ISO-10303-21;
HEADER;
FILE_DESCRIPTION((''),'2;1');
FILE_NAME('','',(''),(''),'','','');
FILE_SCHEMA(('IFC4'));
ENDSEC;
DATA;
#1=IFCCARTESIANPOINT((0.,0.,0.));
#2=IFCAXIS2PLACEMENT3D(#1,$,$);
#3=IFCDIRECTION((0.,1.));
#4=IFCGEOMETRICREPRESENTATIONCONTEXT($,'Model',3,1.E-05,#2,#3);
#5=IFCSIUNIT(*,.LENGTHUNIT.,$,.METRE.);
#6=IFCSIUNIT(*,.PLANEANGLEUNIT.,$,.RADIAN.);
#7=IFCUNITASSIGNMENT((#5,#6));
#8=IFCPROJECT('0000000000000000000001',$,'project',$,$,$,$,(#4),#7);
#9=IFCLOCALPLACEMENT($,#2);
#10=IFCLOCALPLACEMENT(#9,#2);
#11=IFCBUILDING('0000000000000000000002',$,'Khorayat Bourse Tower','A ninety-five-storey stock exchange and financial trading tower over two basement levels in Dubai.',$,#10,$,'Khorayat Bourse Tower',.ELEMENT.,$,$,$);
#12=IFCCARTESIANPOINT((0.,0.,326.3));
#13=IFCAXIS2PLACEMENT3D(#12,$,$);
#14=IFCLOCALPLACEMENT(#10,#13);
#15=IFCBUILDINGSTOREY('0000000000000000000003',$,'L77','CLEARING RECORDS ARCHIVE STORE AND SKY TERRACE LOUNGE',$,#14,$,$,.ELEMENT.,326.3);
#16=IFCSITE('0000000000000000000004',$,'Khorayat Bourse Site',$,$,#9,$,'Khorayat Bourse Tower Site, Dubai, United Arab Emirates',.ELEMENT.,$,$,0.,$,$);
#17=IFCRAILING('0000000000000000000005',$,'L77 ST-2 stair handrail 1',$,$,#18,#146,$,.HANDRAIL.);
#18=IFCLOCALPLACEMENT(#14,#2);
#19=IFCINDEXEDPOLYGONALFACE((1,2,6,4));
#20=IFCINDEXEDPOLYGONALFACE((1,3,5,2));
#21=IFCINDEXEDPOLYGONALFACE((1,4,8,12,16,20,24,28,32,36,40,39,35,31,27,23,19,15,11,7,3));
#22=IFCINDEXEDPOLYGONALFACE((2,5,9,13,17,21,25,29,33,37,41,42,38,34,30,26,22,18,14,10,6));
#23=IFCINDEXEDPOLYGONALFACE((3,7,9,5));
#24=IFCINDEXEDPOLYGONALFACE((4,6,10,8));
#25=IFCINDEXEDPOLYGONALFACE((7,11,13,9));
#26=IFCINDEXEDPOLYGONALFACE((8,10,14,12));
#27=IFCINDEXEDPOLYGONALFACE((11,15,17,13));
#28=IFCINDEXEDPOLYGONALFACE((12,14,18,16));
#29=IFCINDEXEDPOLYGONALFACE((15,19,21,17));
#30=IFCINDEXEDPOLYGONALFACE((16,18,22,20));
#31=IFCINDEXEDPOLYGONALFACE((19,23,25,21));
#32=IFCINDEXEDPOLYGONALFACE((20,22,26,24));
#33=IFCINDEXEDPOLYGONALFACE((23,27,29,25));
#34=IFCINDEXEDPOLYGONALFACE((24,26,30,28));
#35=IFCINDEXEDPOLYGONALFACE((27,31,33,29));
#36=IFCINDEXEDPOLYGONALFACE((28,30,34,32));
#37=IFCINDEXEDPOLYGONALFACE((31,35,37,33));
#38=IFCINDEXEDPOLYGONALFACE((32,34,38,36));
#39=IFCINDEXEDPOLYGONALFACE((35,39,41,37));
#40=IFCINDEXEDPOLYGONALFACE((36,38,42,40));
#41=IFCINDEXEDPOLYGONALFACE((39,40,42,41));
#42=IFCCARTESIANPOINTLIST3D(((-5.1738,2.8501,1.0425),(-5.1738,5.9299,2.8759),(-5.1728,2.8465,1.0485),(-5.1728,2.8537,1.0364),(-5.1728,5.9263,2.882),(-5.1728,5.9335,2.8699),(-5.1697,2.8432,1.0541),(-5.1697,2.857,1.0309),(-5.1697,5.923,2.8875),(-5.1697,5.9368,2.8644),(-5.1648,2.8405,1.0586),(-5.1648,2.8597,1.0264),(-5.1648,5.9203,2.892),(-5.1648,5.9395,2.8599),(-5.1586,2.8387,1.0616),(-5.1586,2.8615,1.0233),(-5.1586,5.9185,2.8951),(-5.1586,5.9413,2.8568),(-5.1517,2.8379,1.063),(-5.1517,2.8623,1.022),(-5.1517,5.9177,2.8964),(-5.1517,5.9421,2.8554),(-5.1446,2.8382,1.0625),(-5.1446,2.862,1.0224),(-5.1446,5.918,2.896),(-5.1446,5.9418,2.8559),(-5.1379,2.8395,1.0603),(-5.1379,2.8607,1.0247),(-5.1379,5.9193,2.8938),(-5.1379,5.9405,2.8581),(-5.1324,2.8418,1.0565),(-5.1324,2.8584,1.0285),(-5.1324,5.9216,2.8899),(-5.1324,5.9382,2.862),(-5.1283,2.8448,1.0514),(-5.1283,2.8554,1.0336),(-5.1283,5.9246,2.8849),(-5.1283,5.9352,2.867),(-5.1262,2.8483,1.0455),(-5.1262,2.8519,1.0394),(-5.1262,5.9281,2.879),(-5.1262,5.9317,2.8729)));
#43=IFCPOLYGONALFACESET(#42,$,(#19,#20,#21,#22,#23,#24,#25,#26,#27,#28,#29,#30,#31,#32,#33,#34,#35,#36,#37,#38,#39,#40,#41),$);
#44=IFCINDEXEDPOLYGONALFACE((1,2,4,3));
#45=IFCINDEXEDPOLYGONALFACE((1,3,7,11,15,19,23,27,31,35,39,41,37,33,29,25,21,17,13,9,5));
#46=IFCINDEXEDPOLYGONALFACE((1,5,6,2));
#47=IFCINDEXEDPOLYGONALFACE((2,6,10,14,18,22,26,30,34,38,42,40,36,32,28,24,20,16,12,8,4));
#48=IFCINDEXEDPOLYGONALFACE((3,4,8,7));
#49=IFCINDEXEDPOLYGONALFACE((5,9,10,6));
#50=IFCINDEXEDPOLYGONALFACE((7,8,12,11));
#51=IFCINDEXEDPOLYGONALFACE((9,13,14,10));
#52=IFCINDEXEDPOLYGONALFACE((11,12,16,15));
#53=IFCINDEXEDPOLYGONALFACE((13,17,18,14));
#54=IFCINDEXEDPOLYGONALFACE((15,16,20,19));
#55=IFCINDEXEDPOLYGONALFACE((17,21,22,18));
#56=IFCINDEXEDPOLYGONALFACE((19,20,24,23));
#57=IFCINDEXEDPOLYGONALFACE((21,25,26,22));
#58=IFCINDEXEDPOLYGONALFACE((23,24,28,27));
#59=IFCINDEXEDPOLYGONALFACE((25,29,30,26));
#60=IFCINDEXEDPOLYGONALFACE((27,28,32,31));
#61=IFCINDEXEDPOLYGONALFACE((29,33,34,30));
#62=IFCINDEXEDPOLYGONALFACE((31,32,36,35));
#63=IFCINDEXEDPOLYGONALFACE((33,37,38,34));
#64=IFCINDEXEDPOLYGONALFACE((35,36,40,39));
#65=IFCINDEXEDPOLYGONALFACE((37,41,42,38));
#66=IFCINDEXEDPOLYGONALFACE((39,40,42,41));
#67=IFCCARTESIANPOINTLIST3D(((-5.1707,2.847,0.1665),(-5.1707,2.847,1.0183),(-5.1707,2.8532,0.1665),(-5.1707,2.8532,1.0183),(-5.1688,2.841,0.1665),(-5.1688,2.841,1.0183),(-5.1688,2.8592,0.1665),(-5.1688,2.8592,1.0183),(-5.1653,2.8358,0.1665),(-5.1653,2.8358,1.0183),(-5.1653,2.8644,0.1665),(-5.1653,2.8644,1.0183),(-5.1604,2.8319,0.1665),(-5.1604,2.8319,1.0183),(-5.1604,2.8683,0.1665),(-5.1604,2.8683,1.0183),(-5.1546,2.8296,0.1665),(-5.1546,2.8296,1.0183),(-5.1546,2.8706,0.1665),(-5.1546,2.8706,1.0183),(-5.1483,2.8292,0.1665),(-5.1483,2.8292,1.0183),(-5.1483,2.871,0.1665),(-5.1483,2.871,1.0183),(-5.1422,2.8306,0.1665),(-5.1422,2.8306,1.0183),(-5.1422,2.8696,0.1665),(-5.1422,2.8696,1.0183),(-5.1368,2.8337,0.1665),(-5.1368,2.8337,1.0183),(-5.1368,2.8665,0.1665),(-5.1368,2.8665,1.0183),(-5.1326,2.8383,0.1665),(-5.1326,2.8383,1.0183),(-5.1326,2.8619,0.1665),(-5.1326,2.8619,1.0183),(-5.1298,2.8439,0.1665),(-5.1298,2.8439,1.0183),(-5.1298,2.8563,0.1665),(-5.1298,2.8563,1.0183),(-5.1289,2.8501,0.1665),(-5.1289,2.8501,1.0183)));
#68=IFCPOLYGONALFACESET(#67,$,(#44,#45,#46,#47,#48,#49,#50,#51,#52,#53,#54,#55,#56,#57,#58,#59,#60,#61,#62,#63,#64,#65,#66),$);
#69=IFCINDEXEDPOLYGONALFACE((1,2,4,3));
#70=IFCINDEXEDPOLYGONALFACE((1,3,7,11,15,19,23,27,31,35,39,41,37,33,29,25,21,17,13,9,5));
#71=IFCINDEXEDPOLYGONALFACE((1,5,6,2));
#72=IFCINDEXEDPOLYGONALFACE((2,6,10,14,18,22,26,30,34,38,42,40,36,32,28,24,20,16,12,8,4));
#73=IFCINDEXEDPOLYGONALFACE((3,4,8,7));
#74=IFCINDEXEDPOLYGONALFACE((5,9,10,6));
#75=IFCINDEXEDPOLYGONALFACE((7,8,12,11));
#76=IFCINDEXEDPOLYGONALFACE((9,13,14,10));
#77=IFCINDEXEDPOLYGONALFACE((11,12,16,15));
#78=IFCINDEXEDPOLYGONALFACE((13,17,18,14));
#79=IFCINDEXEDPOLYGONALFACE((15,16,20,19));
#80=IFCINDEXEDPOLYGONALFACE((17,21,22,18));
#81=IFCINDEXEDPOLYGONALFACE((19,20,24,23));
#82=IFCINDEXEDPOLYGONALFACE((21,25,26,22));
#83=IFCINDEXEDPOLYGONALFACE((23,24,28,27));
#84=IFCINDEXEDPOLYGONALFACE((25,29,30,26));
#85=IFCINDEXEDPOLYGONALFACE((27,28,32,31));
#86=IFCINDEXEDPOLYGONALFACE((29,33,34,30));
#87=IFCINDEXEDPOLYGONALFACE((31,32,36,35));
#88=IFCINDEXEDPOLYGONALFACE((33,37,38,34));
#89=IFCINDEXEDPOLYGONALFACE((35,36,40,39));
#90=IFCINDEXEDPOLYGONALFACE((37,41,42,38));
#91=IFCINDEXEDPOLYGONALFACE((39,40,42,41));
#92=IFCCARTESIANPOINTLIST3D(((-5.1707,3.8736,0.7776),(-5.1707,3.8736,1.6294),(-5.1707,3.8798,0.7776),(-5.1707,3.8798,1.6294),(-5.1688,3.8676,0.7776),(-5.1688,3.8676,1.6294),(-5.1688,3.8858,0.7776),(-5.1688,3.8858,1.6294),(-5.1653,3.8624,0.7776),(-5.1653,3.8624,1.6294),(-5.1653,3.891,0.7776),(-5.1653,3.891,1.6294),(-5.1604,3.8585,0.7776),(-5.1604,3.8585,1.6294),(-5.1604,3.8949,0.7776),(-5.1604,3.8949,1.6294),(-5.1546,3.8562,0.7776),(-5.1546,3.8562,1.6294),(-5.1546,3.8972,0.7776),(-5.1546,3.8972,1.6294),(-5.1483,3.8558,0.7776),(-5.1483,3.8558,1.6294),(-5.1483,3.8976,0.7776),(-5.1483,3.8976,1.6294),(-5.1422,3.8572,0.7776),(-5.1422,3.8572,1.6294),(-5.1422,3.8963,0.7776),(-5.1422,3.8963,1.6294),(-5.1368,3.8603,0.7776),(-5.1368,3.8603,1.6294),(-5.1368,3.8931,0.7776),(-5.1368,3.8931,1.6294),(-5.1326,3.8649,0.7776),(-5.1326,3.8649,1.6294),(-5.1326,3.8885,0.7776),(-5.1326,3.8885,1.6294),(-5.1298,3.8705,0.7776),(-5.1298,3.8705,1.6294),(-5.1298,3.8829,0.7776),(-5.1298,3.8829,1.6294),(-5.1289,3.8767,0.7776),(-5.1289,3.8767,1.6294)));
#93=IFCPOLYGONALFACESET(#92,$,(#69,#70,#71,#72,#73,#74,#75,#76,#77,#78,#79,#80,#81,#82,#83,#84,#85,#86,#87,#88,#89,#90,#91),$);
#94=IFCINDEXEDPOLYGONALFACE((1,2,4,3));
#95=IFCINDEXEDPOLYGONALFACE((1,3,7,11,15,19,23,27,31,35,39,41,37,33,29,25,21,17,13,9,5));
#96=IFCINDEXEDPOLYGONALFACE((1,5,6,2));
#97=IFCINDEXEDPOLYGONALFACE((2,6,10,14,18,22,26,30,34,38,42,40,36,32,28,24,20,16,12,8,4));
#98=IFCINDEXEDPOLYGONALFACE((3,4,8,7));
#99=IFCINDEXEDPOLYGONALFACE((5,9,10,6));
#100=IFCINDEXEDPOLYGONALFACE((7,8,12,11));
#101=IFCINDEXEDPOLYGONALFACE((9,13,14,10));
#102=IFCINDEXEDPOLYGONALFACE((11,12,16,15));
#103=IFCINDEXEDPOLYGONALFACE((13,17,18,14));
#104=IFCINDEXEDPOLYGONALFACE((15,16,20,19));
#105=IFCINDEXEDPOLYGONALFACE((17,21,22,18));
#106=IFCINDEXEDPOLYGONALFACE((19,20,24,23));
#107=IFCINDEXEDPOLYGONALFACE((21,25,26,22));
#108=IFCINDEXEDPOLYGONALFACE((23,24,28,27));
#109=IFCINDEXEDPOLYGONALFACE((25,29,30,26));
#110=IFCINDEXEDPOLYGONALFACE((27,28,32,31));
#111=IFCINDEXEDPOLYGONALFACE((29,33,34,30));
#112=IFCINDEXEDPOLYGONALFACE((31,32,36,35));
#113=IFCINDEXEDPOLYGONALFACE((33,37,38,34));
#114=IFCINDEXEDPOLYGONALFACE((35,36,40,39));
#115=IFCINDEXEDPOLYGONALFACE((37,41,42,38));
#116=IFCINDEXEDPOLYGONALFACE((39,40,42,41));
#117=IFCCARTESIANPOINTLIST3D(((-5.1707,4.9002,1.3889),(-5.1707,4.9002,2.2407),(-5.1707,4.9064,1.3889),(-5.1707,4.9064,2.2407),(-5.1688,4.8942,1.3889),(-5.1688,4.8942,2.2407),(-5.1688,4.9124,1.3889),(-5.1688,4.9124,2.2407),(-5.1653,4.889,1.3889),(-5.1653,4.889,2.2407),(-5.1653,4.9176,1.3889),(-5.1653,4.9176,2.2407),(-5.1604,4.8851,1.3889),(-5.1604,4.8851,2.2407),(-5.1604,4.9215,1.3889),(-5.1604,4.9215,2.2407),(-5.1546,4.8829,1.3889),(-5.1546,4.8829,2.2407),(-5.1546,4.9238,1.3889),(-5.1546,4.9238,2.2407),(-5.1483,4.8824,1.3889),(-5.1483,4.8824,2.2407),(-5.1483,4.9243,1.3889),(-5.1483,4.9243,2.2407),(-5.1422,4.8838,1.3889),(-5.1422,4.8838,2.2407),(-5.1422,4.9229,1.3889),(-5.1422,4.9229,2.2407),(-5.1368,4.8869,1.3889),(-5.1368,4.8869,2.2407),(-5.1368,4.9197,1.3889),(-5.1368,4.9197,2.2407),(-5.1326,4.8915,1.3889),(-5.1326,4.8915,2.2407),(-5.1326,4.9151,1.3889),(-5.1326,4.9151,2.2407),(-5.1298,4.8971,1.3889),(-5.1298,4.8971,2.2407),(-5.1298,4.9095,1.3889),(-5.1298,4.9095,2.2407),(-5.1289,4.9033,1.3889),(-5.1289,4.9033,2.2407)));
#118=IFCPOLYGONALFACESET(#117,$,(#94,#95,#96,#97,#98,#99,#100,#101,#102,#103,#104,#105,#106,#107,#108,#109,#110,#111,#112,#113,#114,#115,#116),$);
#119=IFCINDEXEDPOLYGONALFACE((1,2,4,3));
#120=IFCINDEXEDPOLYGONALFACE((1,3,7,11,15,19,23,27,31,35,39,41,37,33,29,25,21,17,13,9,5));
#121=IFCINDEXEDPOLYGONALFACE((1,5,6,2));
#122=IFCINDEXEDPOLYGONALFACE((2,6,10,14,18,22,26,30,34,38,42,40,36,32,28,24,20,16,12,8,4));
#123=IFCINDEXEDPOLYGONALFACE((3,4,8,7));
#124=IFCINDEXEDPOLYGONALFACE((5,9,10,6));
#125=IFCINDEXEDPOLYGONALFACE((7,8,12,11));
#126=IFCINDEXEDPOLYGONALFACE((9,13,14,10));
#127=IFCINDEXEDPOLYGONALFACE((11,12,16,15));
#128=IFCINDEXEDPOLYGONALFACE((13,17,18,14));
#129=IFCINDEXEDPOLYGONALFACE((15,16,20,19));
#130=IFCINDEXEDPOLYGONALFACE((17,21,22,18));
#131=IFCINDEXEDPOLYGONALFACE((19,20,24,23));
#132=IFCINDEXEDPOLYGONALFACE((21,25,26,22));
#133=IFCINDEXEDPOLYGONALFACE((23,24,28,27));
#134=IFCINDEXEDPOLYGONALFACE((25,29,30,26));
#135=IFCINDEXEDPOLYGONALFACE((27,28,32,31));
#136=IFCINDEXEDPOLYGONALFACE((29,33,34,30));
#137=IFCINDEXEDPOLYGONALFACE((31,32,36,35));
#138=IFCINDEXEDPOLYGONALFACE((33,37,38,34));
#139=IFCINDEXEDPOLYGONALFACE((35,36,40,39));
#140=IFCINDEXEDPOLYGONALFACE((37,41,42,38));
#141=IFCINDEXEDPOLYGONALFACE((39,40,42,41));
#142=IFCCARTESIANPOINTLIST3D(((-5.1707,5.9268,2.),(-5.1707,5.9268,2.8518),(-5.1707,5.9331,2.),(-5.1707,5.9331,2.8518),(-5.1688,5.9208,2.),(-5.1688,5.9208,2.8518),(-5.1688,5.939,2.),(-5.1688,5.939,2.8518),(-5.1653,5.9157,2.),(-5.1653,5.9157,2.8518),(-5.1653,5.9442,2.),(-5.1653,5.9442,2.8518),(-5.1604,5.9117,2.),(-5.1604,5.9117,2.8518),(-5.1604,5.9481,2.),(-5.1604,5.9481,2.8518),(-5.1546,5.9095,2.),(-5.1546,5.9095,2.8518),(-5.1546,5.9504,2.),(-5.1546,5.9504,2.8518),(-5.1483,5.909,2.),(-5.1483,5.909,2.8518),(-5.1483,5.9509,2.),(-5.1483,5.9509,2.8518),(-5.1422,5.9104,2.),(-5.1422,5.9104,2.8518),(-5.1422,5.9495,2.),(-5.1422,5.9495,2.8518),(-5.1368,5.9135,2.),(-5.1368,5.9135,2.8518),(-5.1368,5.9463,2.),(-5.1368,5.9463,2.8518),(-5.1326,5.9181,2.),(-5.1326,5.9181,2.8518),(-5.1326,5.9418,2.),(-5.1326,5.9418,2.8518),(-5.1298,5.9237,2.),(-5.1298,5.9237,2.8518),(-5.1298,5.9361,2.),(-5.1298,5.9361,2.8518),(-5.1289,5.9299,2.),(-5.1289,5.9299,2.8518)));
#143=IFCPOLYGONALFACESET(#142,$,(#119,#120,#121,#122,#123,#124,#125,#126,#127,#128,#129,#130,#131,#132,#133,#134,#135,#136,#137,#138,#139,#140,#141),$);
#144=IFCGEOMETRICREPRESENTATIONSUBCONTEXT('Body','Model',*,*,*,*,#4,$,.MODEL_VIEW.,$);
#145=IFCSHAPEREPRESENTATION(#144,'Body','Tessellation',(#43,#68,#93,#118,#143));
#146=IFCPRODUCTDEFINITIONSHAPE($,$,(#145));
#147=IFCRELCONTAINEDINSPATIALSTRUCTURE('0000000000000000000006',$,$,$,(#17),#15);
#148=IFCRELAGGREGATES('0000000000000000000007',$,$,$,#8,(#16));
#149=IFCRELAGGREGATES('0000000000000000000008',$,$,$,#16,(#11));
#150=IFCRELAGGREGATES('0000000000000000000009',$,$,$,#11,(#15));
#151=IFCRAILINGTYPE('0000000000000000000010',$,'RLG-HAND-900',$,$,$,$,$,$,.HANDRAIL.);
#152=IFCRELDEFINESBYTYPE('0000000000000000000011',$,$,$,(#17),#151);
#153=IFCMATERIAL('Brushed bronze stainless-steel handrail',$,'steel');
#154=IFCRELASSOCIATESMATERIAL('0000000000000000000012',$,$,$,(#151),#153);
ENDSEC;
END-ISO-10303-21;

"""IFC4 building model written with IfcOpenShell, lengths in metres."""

from ifc_helpers import new_model, si_unit, direction, frame, origin, origin_2d, place, context, subcontext, project, spatial, circle, extrude, source, transform, mapped, material, type_object, element, save


model = new_model("IFC4")

# Units and contexts
model_context = context("Model", 3, precision=1e-05, world=origin(), true_north=direction((0.0, 1.0)))
body_context = subcontext(model_context, "Body", "Model", "MODEL_VIEW")
ifc_project = project(units=[si_unit("LENGTHUNIT", "METRE"), si_unit("PLANEANGLEUNIT", "RADIAN")], contexts=[model_context])

# Site, building, storey
site_placement = place(None, origin())
site = spatial("IfcSite", under=ifc_project, at=site_placement, Name="Khorayat Bourse Site", LongName="Khorayat Bourse Tower Site, Dubai, United Arab Emirates", CompositionType="ELEMENT", RefElevation=0.0)
building_placement = place(site_placement, origin())
building = spatial("IfcBuilding", under=site, at=building_placement, Name="Khorayat Bourse Tower", Description="A ninety-five-storey stock exchange and financial trading tower over two basement levels in Dubai.", LongName="Khorayat Bourse Tower", CompositionType="ELEMENT")
storey_placement = place(building_placement, frame((0.0, 0.0, 326.3)))
storey = spatial("IfcBuildingStorey", under=building, at=storey_placement, Name="L77", Description="CLEARING RECORDS ARCHIVE STORE AND SKY TERRACE LOUNGE", CompositionType="ELEMENT", Elevation=326.3)

# Railing
ifc_material_1 = material(Name="Brushed bronze stainless-steel handrail", Category="steel")
railing_type_1 = type_object("IfcRailingType", Name="RLG-HAND-900", PredefinedType="HANDRAIL", material=ifc_material_1)
shared_shape_1 = source(origin(), body_context, "Body", "SweptSolid", [
    extrude(circle(Radius=0.0239, at=origin_2d()), frame((0.0, 0.0, 0.876), z_axis=(0.0, 0.859261, 0.511538), x_axis=(-1.0, 0.0, 0.0)), (0.0, 0.0, 1.0), 3.5842),
    extrude(circle(Radius=0.021, at=origin_2d()), origin(), (0.0, 0.0, 1.0), 0.8518),
    extrude(circle(Radius=0.021, at=origin_2d()), frame((0.0, 1.0266, 0.6111)), (0.0, 0.0, 1.0), 0.8518),
    extrude(circle(Radius=0.021, at=origin_2d()), frame((0.0, 2.0532, 1.2224)), (0.0, 0.0, 1.0), 0.8518),
    extrude(circle(Radius=0.021, at=origin_2d()), frame((0.0, 3.0798, 1.8335)), (0.0, 0.0, 1.0), 0.8518),
])
railing_1_placement = place(storey_placement, frame((-5.1499, 2.8501, 0.1665)))
element("IfcRailing", 1, at=railing_1_placement, inside=storey, type_object=railing_type_1, Name="L77 ST-2 stair handrail 1", PredefinedType="HANDRAIL", context=body_context, shape_type="MappedRepresentation", body=[
    mapped(shared_shape_1, transform((0.0, 0.0, 0.0), scale=1.0)),
])

save(model, "model.ifc")
